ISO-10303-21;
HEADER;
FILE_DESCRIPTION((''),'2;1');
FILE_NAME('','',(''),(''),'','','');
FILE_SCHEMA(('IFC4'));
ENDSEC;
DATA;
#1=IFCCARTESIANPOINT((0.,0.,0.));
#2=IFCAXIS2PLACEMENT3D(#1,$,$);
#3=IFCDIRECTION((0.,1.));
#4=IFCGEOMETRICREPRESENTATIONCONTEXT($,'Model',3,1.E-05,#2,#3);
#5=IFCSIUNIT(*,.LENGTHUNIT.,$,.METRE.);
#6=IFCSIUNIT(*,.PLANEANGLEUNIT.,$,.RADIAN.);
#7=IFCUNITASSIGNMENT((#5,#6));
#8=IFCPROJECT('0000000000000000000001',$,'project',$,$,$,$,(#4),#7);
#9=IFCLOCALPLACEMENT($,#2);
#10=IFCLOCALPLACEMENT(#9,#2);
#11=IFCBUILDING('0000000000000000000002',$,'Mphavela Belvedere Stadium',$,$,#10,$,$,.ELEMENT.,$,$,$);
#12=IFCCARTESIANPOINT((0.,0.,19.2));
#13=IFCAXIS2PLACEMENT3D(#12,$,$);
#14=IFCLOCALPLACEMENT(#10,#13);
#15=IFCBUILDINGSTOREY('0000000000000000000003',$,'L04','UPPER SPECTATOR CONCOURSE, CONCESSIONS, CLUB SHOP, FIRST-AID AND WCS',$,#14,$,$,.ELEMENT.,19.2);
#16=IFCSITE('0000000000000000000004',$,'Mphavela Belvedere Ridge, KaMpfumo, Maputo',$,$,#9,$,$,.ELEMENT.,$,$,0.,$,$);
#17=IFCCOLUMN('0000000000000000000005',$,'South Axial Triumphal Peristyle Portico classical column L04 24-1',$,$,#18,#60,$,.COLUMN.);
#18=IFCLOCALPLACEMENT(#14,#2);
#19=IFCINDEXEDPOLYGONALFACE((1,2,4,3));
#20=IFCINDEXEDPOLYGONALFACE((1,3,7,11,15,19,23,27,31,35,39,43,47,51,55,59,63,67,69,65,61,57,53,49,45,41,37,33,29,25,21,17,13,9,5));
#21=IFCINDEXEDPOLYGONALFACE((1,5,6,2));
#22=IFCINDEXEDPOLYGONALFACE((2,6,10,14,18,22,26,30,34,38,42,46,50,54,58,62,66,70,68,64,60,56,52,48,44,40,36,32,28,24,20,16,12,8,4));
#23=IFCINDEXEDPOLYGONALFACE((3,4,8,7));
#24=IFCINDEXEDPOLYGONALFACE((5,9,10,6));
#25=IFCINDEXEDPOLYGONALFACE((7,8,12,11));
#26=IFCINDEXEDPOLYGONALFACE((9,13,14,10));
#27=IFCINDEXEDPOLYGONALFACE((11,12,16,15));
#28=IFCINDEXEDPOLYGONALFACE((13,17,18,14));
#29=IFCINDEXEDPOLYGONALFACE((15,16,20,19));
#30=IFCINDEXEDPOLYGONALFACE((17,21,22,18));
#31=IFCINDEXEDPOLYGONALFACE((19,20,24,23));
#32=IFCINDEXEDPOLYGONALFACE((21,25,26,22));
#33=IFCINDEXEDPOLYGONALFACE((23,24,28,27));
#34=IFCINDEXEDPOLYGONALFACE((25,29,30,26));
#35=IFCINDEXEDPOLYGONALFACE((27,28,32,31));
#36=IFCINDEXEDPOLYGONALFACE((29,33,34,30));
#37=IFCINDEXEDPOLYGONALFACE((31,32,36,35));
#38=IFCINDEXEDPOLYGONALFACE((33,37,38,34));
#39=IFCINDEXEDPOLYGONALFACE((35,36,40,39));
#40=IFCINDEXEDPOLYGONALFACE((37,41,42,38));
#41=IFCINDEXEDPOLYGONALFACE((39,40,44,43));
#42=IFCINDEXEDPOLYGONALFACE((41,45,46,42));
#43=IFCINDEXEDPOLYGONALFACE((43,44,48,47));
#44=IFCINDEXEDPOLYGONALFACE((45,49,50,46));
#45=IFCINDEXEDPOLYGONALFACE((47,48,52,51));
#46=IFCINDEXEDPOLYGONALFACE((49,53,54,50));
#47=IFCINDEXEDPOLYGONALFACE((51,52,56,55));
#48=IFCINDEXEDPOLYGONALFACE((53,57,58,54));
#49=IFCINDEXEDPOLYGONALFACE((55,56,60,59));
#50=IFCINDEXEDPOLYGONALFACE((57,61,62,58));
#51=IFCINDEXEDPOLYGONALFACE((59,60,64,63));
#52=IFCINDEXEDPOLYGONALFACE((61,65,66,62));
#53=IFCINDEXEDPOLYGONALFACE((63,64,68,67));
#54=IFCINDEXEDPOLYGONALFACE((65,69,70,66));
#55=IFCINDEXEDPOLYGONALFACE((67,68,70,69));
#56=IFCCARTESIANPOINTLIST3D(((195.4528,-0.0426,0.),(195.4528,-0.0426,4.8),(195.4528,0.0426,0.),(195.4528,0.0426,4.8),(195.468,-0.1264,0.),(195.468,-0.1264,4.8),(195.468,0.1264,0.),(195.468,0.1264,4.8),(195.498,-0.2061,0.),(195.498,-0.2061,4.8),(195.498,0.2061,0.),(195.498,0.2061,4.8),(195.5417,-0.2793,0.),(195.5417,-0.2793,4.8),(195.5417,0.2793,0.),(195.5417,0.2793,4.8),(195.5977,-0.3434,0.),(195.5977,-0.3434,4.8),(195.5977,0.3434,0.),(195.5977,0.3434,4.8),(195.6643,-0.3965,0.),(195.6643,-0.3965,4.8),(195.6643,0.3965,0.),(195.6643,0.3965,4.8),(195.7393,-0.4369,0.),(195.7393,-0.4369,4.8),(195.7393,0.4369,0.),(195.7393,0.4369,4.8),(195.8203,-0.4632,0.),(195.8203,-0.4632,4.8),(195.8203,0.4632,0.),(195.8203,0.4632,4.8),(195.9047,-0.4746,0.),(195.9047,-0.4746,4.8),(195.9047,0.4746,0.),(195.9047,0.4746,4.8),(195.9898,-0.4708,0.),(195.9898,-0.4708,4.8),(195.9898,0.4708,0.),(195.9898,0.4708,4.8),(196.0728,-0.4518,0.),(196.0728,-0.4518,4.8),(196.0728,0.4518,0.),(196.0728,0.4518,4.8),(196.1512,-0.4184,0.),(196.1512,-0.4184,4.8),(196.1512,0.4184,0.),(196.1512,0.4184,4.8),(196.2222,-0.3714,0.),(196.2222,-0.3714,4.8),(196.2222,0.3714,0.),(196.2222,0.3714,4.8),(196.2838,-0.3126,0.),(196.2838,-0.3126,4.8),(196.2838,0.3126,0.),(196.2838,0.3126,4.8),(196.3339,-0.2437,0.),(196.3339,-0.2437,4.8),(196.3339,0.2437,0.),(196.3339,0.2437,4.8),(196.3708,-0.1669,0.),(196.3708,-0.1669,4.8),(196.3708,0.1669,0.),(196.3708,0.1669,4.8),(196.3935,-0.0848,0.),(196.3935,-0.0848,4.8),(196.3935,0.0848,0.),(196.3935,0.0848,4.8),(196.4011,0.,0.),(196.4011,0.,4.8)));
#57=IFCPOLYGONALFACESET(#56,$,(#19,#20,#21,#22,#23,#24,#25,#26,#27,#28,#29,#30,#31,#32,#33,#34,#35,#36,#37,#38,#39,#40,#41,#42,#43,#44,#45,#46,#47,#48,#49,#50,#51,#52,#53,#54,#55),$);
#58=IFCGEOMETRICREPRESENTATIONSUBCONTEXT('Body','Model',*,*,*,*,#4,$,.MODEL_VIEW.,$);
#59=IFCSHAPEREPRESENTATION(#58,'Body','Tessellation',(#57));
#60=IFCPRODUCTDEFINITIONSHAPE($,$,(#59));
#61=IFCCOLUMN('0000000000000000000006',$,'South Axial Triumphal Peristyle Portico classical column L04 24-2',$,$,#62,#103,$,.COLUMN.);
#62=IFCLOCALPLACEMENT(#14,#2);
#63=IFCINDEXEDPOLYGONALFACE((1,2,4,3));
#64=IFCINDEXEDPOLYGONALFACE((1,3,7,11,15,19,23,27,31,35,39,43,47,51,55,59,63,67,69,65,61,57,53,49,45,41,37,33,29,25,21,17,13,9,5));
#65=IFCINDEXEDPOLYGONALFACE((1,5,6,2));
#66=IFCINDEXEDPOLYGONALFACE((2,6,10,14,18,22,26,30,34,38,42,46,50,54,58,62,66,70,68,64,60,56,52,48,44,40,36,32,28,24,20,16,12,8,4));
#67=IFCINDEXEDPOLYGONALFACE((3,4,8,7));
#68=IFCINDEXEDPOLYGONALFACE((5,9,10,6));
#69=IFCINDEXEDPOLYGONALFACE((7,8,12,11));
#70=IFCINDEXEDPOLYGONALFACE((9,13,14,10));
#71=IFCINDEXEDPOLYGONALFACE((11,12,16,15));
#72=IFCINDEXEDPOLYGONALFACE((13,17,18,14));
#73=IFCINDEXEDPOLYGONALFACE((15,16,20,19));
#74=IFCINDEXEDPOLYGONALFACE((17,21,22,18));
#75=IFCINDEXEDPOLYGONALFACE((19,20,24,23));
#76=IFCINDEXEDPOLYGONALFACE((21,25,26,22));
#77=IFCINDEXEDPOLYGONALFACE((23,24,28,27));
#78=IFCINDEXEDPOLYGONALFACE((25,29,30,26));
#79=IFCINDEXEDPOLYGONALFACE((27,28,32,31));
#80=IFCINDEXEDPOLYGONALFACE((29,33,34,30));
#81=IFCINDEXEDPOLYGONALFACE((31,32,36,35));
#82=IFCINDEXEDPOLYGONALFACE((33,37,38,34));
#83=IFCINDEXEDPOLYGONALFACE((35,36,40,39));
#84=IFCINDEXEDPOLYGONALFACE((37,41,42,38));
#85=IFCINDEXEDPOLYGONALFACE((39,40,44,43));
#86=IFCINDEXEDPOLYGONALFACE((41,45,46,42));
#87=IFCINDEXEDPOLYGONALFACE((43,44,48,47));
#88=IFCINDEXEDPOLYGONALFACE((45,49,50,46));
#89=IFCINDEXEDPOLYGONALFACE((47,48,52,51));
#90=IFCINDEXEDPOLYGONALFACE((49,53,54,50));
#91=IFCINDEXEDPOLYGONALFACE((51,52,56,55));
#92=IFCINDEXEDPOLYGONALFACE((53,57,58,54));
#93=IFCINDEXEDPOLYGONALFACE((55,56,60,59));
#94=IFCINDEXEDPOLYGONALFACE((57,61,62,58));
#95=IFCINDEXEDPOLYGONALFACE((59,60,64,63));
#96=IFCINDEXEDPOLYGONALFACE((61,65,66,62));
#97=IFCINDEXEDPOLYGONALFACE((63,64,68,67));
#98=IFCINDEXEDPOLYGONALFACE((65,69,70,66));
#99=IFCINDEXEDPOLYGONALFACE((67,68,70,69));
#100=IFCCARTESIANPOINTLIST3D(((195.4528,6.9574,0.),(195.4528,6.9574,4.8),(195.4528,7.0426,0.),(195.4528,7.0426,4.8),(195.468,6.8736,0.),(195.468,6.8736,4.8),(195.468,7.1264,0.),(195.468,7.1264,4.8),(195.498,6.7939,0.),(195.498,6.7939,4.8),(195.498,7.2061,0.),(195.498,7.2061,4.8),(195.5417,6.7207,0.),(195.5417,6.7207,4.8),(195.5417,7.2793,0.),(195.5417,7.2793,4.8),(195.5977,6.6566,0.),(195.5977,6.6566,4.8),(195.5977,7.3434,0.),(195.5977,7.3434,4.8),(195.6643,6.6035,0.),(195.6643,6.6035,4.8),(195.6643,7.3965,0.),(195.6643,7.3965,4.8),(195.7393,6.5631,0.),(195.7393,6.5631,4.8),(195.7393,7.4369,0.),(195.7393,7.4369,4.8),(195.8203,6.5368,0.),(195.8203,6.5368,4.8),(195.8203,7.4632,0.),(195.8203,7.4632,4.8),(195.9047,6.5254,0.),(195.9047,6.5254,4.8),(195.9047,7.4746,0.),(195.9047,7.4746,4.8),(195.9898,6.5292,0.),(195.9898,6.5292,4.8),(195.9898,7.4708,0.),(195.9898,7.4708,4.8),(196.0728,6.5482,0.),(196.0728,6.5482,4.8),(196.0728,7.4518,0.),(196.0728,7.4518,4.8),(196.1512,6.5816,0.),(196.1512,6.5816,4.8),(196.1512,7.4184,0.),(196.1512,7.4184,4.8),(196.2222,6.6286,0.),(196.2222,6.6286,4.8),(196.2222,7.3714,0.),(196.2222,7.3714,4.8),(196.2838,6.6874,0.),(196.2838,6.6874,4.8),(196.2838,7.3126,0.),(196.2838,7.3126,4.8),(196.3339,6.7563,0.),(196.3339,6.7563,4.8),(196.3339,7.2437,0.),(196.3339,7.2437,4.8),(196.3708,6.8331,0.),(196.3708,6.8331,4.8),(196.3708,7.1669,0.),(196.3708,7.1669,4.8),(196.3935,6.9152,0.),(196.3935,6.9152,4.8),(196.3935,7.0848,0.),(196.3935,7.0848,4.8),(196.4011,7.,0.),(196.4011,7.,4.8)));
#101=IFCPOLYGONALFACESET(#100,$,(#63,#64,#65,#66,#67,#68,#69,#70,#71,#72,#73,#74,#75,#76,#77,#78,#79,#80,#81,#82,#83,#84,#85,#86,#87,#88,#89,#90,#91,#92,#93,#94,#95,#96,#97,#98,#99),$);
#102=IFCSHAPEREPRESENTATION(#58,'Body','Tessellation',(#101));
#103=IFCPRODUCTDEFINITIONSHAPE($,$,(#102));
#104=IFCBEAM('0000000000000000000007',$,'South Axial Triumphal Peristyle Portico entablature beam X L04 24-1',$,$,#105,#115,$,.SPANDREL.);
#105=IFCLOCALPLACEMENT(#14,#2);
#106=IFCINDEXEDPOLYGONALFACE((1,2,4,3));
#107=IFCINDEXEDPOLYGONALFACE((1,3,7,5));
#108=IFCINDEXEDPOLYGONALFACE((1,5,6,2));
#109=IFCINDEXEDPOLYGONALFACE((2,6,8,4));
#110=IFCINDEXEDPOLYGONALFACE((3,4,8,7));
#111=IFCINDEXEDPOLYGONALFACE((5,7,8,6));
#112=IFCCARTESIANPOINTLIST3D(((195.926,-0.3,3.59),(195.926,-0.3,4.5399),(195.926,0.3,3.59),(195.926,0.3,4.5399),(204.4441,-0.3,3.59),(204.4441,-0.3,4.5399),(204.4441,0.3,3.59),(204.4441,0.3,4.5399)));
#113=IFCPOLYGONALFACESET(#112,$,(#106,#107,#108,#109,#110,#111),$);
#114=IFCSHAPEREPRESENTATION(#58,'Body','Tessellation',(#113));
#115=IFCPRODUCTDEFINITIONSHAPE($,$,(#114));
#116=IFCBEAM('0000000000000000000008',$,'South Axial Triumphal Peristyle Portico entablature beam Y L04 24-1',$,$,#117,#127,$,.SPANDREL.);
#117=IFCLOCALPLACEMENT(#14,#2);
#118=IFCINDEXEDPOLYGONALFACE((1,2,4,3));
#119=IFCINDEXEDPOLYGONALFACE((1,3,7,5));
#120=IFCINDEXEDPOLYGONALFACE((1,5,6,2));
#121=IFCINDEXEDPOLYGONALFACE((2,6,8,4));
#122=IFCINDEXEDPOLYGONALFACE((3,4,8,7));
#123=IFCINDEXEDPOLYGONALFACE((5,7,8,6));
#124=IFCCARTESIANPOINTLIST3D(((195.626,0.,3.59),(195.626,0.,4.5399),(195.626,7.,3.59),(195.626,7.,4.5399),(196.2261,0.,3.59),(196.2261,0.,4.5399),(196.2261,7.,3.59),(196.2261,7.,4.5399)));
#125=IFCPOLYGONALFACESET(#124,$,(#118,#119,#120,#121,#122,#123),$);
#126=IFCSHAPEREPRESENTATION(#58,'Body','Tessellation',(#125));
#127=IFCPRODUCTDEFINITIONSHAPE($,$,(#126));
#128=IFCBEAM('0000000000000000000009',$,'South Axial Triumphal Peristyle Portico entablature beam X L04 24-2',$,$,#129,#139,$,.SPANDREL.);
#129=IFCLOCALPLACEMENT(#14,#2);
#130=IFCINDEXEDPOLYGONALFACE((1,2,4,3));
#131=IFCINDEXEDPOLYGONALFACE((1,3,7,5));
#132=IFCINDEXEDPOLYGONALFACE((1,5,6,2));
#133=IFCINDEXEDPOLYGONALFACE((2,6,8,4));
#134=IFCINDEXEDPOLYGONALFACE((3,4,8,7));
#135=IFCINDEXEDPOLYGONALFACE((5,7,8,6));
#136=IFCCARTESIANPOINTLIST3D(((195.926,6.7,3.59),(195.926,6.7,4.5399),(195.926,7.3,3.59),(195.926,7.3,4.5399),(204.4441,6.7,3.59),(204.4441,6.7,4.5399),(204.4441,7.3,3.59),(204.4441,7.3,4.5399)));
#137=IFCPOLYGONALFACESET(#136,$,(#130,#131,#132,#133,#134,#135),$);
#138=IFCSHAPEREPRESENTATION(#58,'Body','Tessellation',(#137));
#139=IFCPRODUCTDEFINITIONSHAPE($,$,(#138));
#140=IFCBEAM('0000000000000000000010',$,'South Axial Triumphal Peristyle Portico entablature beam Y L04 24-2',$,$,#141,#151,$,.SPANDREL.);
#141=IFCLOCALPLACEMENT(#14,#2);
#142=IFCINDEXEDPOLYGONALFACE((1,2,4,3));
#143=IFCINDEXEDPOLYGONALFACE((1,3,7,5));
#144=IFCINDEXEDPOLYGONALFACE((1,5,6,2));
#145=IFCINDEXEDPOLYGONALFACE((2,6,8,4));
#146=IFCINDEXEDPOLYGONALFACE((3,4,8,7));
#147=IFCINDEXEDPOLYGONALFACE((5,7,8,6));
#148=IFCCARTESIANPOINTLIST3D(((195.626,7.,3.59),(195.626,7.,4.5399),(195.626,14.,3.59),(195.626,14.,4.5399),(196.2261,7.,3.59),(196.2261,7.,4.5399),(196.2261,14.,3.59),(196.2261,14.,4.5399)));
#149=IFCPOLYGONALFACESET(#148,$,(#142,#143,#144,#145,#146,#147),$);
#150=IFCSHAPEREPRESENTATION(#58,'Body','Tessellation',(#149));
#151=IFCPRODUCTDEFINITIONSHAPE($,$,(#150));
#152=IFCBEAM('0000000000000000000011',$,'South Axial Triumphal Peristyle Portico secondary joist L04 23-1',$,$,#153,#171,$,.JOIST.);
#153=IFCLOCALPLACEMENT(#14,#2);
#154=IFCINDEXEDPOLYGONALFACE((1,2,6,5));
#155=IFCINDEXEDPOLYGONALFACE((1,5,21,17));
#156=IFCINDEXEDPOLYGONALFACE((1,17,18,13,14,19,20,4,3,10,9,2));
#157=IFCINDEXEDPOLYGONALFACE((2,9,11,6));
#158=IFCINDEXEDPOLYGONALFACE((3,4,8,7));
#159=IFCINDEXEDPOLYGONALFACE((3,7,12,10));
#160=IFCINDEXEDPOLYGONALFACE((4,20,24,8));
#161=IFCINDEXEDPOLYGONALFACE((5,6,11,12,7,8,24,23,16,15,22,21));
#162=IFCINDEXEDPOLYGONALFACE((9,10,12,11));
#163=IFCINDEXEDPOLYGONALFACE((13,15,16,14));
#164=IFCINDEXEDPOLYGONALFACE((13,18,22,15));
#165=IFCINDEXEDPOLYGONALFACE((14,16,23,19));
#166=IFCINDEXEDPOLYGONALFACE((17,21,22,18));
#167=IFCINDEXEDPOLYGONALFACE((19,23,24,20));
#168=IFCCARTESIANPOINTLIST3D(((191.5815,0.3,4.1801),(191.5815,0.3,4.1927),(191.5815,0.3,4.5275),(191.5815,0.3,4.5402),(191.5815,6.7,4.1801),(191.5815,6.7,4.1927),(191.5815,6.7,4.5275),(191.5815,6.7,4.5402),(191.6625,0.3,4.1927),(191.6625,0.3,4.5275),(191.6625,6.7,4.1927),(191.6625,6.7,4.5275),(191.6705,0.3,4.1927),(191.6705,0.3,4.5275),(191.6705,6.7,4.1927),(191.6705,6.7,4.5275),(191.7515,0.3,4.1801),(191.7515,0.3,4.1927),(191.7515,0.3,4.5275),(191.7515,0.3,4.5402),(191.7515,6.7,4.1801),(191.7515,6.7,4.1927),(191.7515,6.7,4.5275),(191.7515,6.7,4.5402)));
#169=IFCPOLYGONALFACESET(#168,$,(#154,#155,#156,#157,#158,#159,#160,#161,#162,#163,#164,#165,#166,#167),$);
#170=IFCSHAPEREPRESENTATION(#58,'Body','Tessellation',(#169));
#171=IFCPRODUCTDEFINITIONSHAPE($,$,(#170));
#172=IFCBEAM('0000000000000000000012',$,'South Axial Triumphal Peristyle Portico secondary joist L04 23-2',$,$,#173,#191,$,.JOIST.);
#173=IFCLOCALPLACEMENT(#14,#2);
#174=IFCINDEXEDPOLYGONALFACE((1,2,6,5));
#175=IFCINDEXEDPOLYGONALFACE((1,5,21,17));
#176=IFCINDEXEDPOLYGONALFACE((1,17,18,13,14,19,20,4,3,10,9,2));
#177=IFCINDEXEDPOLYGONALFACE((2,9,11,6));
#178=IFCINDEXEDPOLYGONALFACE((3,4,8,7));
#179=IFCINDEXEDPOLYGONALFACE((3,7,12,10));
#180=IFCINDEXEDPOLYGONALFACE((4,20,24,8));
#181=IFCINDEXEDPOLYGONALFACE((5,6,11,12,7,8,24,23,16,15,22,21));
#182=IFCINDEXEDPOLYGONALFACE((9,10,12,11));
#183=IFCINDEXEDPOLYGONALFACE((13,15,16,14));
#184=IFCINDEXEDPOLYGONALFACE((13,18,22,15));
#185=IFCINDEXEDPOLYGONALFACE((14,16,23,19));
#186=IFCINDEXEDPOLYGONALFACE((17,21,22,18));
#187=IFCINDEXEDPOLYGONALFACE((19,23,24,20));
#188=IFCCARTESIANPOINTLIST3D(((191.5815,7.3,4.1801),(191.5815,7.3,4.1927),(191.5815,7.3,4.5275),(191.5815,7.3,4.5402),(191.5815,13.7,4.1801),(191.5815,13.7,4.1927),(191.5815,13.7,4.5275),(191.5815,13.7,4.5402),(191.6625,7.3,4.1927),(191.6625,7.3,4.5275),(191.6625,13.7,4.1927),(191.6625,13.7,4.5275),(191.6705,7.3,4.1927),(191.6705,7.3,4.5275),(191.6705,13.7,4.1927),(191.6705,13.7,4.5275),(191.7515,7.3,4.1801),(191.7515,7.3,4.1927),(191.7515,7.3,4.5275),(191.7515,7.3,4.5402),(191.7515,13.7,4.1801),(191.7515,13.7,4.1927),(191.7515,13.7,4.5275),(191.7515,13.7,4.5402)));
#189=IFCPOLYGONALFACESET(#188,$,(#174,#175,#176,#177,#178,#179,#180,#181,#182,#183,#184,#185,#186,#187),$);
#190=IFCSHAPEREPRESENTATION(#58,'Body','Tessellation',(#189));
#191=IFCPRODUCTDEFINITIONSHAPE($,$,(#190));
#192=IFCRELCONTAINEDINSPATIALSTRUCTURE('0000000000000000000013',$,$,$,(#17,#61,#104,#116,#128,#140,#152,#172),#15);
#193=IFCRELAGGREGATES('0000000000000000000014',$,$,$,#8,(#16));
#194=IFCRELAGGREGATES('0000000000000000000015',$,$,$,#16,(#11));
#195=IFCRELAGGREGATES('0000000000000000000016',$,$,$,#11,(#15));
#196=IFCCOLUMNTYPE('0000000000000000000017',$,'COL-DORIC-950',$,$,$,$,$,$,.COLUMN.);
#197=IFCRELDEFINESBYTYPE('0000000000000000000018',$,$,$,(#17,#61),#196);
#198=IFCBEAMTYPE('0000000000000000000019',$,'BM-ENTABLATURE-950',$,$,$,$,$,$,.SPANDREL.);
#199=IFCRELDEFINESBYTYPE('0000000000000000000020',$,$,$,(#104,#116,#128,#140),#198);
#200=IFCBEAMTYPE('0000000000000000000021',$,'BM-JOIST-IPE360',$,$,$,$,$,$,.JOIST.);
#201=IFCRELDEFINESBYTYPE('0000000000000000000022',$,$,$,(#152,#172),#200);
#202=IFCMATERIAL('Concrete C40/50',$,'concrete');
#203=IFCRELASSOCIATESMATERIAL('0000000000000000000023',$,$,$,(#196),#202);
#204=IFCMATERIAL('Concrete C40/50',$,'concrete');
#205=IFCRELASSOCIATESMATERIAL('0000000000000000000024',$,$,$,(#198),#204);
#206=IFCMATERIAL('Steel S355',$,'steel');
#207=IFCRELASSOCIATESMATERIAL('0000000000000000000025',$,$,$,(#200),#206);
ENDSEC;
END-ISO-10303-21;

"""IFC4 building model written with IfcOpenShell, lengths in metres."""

from ifc_helpers import new_model, si_unit, direction, frame, origin, origin_2d, place, context, subcontext, project, spatial, rectangle, circle, i_section, extrude, material, material_profile, profile_set, type_object, element, save


model = new_model("IFC4")

# Units and contexts
model_context = context("Model", 3, precision=1e-05, world=origin(), true_north=direction((0.0, 1.0)))
body_context = subcontext(model_context, "Body", "Model", "MODEL_VIEW")
ifc_project = project(units=[si_unit("LENGTHUNIT", "METRE"), si_unit("PLANEANGLEUNIT", "RADIAN")], contexts=[model_context])

# Site, building, storey
site_placement = place(None, origin())
site = spatial("IfcSite", under=ifc_project, at=site_placement, Name="Mphavela Belvedere Ridge, KaMpfumo, Maputo", CompositionType="ELEMENT", RefElevation=0.0)
building_placement = place(site_placement, origin())
building = spatial("IfcBuilding", under=site, at=building_placement, Name="Mphavela Belvedere Stadium", CompositionType="ELEMENT")
storey_placement = place(building_placement, frame((0.0, 0.0, 19.2)))
storey = spatial("IfcBuildingStorey", under=building, at=storey_placement, Name="L04", Description="UPPER SPECTATOR CONCOURSE, CONCESSIONS, CLUB SHOP, FIRST-AID AND WCS", CompositionType="ELEMENT", Elevation=19.2)

# Columns
ifc_material_1 = material(Name="Concrete C40/50", Category="concrete")
ifc_material_profile_1 = material_profile(ifc_material_1, circle(Radius=0.4751, at=origin_2d()), Name="COL D950")
ifc_profile_set_1 = profile_set([ifc_material_profile_1], Name="Concrete C40/50")
column_type = type_object("IfcColumnType", Name="COL-DORIC-950", PredefinedType="COLUMN", material=ifc_profile_set_1)
for number, where, z_axis, x_axis, name in (
    (1, (195.926, 0.0, 0.0), (0.0, 0.0, 1.0), (1.0, 0.0, 0.0), "South Axial Triumphal Peristyle Portico classical column L04 24-1"),
    (2, (195.926, 7.0, 0.0), (0.0, 0.0, 1.0), (1.0, 0.0, 0.0), "South Axial Triumphal Peristyle Portico classical column L04 24-2"),
):
    element("IfcColumn", number, at=place(storey_placement, frame(where, z_axis=z_axis, x_axis=x_axis)), inside=storey, type_object=column_type, Name=name, PredefinedType="COLUMN", context=body_context, shape_type="SweptSolid", body=[
        extrude(circle(Radius=0.4751, at=origin_2d()), origin(), (0.0, 0.0, 1.0), 4.8),
    ])

# Beams
ifc_material_2 = material(Name="Concrete C40/50", Category="concrete")
ifc_material_profile_2 = material_profile(ifc_material_2, rectangle(XDim=0.6001, YDim=0.95, at=origin_2d()), Name="RC 600x950")
ifc_profile_set_2 = profile_set([ifc_material_profile_2], Name="Concrete C40/50")
beam_type_1 = type_object("IfcBeamType", Name="BM-ENTABLATURE-950", PredefinedType="SPANDREL", material=ifc_profile_set_2)
beam_1_placement = place(storey_placement, frame((195.926, 0.0, 4.0649), z_axis=(1.0, 0.0, 0.0), x_axis=(0.0, 1.0, 0.0)))
element("IfcBeam", 3, at=beam_1_placement, inside=storey, type_object=beam_type_1, Name="South Axial Triumphal Peristyle Portico entablature beam X L04 24-1", PredefinedType="SPANDREL", context=body_context, shape_type="SweptSolid", body=[
    extrude(rectangle(XDim=0.6001, YDim=0.95, at=origin_2d()), origin(), (0.0, 0.0, 1.0), 8.5181),
])
beam_2_placement = place(storey_placement, frame((195.926, 0.0, 4.0649), z_axis=(0.0, 1.0, 0.0), x_axis=(-1.0, 0.0, 0.0)))
element("IfcBeam", 4, at=beam_2_placement, inside=storey, type_object=beam_type_1, Name="South Axial Triumphal Peristyle Portico entablature beam Y L04 24-1", PredefinedType="SPANDREL", context=body_context, shape_type="SweptSolid", body=[
    extrude(rectangle(XDim=0.6001, YDim=0.95, at=origin_2d()), origin(), (0.0, 0.0, 1.0), 7.0),
])
beam_3_placement = place(storey_placement, frame((195.926, 7.0, 4.0649), z_axis=(1.0, 0.0, 0.0), x_axis=(0.0, 1.0, 0.0)))
element("IfcBeam", 5, at=beam_3_placement, inside=storey, type_object=beam_type_1, Name="South Axial Triumphal Peristyle Portico entablature beam X L04 24-2", PredefinedType="SPANDREL", context=body_context, shape_type="SweptSolid", body=[
    extrude(rectangle(XDim=0.6001, YDim=0.95, at=origin_2d()), origin(), (0.0, 0.0, 1.0), 8.5181),
])
beam_4_placement = place(storey_placement, frame((195.926, 7.0, 4.0649), z_axis=(0.0, 1.0, 0.0), x_axis=(-1.0, 0.0, 0.0)))
element("IfcBeam", 6, at=beam_4_placement, inside=storey, type_object=beam_type_1, Name="South Axial Triumphal Peristyle Portico entablature beam Y L04 24-2", PredefinedType="SPANDREL", context=body_context, shape_type="SweptSolid", body=[
    extrude(rectangle(XDim=0.6001, YDim=0.95, at=origin_2d()), origin(), (0.0, 0.0, 1.0), 7.0),
])
ifc_material_3 = material(Name="Steel S355", Category="steel")
ifc_material_profile_3 = material_profile(ifc_material_3, i_section(OverallWidth=0.1699, OverallDepth=0.3601, WebThickness=0.0081, FlangeThickness=0.0127, at=origin_2d()), Name="IPE 360")
ifc_profile_set_3 = profile_set([ifc_material_profile_3], Name="Steel S355")
beam_type_2 = type_object("IfcBeamType", Name="BM-JOIST-IPE360", PredefinedType="JOIST", material=ifc_profile_set_3)
for number, where, z_axis, x_axis, name in (
    (7, (191.6665, 0.3, 4.3601), (0.0, 1.0, 0.0), (-1.0, 0.0, 0.0), "South Axial Triumphal Peristyle Portico secondary joist L04 23-1"),
    (8, (191.6665, 7.3, 4.3601), (0.0, 1.0, 0.0), (-1.0, 0.0, 0.0), "South Axial Triumphal Peristyle Portico secondary joist L04 23-2"),
):
    element("IfcBeam", number, at=place(storey_placement, frame(where, z_axis=z_axis, x_axis=x_axis)), inside=storey, type_object=beam_type_2, Name=name, PredefinedType="JOIST", context=body_context, shape_type="SweptSolid", body=[
        extrude(i_section(OverallWidth=0.1699, OverallDepth=0.3601, WebThickness=0.0081, FlangeThickness=0.0127, at=origin_2d()), origin(), (0.0, 0.0, 1.0), 6.3999),
    ])

save(model, "model.ifc")
